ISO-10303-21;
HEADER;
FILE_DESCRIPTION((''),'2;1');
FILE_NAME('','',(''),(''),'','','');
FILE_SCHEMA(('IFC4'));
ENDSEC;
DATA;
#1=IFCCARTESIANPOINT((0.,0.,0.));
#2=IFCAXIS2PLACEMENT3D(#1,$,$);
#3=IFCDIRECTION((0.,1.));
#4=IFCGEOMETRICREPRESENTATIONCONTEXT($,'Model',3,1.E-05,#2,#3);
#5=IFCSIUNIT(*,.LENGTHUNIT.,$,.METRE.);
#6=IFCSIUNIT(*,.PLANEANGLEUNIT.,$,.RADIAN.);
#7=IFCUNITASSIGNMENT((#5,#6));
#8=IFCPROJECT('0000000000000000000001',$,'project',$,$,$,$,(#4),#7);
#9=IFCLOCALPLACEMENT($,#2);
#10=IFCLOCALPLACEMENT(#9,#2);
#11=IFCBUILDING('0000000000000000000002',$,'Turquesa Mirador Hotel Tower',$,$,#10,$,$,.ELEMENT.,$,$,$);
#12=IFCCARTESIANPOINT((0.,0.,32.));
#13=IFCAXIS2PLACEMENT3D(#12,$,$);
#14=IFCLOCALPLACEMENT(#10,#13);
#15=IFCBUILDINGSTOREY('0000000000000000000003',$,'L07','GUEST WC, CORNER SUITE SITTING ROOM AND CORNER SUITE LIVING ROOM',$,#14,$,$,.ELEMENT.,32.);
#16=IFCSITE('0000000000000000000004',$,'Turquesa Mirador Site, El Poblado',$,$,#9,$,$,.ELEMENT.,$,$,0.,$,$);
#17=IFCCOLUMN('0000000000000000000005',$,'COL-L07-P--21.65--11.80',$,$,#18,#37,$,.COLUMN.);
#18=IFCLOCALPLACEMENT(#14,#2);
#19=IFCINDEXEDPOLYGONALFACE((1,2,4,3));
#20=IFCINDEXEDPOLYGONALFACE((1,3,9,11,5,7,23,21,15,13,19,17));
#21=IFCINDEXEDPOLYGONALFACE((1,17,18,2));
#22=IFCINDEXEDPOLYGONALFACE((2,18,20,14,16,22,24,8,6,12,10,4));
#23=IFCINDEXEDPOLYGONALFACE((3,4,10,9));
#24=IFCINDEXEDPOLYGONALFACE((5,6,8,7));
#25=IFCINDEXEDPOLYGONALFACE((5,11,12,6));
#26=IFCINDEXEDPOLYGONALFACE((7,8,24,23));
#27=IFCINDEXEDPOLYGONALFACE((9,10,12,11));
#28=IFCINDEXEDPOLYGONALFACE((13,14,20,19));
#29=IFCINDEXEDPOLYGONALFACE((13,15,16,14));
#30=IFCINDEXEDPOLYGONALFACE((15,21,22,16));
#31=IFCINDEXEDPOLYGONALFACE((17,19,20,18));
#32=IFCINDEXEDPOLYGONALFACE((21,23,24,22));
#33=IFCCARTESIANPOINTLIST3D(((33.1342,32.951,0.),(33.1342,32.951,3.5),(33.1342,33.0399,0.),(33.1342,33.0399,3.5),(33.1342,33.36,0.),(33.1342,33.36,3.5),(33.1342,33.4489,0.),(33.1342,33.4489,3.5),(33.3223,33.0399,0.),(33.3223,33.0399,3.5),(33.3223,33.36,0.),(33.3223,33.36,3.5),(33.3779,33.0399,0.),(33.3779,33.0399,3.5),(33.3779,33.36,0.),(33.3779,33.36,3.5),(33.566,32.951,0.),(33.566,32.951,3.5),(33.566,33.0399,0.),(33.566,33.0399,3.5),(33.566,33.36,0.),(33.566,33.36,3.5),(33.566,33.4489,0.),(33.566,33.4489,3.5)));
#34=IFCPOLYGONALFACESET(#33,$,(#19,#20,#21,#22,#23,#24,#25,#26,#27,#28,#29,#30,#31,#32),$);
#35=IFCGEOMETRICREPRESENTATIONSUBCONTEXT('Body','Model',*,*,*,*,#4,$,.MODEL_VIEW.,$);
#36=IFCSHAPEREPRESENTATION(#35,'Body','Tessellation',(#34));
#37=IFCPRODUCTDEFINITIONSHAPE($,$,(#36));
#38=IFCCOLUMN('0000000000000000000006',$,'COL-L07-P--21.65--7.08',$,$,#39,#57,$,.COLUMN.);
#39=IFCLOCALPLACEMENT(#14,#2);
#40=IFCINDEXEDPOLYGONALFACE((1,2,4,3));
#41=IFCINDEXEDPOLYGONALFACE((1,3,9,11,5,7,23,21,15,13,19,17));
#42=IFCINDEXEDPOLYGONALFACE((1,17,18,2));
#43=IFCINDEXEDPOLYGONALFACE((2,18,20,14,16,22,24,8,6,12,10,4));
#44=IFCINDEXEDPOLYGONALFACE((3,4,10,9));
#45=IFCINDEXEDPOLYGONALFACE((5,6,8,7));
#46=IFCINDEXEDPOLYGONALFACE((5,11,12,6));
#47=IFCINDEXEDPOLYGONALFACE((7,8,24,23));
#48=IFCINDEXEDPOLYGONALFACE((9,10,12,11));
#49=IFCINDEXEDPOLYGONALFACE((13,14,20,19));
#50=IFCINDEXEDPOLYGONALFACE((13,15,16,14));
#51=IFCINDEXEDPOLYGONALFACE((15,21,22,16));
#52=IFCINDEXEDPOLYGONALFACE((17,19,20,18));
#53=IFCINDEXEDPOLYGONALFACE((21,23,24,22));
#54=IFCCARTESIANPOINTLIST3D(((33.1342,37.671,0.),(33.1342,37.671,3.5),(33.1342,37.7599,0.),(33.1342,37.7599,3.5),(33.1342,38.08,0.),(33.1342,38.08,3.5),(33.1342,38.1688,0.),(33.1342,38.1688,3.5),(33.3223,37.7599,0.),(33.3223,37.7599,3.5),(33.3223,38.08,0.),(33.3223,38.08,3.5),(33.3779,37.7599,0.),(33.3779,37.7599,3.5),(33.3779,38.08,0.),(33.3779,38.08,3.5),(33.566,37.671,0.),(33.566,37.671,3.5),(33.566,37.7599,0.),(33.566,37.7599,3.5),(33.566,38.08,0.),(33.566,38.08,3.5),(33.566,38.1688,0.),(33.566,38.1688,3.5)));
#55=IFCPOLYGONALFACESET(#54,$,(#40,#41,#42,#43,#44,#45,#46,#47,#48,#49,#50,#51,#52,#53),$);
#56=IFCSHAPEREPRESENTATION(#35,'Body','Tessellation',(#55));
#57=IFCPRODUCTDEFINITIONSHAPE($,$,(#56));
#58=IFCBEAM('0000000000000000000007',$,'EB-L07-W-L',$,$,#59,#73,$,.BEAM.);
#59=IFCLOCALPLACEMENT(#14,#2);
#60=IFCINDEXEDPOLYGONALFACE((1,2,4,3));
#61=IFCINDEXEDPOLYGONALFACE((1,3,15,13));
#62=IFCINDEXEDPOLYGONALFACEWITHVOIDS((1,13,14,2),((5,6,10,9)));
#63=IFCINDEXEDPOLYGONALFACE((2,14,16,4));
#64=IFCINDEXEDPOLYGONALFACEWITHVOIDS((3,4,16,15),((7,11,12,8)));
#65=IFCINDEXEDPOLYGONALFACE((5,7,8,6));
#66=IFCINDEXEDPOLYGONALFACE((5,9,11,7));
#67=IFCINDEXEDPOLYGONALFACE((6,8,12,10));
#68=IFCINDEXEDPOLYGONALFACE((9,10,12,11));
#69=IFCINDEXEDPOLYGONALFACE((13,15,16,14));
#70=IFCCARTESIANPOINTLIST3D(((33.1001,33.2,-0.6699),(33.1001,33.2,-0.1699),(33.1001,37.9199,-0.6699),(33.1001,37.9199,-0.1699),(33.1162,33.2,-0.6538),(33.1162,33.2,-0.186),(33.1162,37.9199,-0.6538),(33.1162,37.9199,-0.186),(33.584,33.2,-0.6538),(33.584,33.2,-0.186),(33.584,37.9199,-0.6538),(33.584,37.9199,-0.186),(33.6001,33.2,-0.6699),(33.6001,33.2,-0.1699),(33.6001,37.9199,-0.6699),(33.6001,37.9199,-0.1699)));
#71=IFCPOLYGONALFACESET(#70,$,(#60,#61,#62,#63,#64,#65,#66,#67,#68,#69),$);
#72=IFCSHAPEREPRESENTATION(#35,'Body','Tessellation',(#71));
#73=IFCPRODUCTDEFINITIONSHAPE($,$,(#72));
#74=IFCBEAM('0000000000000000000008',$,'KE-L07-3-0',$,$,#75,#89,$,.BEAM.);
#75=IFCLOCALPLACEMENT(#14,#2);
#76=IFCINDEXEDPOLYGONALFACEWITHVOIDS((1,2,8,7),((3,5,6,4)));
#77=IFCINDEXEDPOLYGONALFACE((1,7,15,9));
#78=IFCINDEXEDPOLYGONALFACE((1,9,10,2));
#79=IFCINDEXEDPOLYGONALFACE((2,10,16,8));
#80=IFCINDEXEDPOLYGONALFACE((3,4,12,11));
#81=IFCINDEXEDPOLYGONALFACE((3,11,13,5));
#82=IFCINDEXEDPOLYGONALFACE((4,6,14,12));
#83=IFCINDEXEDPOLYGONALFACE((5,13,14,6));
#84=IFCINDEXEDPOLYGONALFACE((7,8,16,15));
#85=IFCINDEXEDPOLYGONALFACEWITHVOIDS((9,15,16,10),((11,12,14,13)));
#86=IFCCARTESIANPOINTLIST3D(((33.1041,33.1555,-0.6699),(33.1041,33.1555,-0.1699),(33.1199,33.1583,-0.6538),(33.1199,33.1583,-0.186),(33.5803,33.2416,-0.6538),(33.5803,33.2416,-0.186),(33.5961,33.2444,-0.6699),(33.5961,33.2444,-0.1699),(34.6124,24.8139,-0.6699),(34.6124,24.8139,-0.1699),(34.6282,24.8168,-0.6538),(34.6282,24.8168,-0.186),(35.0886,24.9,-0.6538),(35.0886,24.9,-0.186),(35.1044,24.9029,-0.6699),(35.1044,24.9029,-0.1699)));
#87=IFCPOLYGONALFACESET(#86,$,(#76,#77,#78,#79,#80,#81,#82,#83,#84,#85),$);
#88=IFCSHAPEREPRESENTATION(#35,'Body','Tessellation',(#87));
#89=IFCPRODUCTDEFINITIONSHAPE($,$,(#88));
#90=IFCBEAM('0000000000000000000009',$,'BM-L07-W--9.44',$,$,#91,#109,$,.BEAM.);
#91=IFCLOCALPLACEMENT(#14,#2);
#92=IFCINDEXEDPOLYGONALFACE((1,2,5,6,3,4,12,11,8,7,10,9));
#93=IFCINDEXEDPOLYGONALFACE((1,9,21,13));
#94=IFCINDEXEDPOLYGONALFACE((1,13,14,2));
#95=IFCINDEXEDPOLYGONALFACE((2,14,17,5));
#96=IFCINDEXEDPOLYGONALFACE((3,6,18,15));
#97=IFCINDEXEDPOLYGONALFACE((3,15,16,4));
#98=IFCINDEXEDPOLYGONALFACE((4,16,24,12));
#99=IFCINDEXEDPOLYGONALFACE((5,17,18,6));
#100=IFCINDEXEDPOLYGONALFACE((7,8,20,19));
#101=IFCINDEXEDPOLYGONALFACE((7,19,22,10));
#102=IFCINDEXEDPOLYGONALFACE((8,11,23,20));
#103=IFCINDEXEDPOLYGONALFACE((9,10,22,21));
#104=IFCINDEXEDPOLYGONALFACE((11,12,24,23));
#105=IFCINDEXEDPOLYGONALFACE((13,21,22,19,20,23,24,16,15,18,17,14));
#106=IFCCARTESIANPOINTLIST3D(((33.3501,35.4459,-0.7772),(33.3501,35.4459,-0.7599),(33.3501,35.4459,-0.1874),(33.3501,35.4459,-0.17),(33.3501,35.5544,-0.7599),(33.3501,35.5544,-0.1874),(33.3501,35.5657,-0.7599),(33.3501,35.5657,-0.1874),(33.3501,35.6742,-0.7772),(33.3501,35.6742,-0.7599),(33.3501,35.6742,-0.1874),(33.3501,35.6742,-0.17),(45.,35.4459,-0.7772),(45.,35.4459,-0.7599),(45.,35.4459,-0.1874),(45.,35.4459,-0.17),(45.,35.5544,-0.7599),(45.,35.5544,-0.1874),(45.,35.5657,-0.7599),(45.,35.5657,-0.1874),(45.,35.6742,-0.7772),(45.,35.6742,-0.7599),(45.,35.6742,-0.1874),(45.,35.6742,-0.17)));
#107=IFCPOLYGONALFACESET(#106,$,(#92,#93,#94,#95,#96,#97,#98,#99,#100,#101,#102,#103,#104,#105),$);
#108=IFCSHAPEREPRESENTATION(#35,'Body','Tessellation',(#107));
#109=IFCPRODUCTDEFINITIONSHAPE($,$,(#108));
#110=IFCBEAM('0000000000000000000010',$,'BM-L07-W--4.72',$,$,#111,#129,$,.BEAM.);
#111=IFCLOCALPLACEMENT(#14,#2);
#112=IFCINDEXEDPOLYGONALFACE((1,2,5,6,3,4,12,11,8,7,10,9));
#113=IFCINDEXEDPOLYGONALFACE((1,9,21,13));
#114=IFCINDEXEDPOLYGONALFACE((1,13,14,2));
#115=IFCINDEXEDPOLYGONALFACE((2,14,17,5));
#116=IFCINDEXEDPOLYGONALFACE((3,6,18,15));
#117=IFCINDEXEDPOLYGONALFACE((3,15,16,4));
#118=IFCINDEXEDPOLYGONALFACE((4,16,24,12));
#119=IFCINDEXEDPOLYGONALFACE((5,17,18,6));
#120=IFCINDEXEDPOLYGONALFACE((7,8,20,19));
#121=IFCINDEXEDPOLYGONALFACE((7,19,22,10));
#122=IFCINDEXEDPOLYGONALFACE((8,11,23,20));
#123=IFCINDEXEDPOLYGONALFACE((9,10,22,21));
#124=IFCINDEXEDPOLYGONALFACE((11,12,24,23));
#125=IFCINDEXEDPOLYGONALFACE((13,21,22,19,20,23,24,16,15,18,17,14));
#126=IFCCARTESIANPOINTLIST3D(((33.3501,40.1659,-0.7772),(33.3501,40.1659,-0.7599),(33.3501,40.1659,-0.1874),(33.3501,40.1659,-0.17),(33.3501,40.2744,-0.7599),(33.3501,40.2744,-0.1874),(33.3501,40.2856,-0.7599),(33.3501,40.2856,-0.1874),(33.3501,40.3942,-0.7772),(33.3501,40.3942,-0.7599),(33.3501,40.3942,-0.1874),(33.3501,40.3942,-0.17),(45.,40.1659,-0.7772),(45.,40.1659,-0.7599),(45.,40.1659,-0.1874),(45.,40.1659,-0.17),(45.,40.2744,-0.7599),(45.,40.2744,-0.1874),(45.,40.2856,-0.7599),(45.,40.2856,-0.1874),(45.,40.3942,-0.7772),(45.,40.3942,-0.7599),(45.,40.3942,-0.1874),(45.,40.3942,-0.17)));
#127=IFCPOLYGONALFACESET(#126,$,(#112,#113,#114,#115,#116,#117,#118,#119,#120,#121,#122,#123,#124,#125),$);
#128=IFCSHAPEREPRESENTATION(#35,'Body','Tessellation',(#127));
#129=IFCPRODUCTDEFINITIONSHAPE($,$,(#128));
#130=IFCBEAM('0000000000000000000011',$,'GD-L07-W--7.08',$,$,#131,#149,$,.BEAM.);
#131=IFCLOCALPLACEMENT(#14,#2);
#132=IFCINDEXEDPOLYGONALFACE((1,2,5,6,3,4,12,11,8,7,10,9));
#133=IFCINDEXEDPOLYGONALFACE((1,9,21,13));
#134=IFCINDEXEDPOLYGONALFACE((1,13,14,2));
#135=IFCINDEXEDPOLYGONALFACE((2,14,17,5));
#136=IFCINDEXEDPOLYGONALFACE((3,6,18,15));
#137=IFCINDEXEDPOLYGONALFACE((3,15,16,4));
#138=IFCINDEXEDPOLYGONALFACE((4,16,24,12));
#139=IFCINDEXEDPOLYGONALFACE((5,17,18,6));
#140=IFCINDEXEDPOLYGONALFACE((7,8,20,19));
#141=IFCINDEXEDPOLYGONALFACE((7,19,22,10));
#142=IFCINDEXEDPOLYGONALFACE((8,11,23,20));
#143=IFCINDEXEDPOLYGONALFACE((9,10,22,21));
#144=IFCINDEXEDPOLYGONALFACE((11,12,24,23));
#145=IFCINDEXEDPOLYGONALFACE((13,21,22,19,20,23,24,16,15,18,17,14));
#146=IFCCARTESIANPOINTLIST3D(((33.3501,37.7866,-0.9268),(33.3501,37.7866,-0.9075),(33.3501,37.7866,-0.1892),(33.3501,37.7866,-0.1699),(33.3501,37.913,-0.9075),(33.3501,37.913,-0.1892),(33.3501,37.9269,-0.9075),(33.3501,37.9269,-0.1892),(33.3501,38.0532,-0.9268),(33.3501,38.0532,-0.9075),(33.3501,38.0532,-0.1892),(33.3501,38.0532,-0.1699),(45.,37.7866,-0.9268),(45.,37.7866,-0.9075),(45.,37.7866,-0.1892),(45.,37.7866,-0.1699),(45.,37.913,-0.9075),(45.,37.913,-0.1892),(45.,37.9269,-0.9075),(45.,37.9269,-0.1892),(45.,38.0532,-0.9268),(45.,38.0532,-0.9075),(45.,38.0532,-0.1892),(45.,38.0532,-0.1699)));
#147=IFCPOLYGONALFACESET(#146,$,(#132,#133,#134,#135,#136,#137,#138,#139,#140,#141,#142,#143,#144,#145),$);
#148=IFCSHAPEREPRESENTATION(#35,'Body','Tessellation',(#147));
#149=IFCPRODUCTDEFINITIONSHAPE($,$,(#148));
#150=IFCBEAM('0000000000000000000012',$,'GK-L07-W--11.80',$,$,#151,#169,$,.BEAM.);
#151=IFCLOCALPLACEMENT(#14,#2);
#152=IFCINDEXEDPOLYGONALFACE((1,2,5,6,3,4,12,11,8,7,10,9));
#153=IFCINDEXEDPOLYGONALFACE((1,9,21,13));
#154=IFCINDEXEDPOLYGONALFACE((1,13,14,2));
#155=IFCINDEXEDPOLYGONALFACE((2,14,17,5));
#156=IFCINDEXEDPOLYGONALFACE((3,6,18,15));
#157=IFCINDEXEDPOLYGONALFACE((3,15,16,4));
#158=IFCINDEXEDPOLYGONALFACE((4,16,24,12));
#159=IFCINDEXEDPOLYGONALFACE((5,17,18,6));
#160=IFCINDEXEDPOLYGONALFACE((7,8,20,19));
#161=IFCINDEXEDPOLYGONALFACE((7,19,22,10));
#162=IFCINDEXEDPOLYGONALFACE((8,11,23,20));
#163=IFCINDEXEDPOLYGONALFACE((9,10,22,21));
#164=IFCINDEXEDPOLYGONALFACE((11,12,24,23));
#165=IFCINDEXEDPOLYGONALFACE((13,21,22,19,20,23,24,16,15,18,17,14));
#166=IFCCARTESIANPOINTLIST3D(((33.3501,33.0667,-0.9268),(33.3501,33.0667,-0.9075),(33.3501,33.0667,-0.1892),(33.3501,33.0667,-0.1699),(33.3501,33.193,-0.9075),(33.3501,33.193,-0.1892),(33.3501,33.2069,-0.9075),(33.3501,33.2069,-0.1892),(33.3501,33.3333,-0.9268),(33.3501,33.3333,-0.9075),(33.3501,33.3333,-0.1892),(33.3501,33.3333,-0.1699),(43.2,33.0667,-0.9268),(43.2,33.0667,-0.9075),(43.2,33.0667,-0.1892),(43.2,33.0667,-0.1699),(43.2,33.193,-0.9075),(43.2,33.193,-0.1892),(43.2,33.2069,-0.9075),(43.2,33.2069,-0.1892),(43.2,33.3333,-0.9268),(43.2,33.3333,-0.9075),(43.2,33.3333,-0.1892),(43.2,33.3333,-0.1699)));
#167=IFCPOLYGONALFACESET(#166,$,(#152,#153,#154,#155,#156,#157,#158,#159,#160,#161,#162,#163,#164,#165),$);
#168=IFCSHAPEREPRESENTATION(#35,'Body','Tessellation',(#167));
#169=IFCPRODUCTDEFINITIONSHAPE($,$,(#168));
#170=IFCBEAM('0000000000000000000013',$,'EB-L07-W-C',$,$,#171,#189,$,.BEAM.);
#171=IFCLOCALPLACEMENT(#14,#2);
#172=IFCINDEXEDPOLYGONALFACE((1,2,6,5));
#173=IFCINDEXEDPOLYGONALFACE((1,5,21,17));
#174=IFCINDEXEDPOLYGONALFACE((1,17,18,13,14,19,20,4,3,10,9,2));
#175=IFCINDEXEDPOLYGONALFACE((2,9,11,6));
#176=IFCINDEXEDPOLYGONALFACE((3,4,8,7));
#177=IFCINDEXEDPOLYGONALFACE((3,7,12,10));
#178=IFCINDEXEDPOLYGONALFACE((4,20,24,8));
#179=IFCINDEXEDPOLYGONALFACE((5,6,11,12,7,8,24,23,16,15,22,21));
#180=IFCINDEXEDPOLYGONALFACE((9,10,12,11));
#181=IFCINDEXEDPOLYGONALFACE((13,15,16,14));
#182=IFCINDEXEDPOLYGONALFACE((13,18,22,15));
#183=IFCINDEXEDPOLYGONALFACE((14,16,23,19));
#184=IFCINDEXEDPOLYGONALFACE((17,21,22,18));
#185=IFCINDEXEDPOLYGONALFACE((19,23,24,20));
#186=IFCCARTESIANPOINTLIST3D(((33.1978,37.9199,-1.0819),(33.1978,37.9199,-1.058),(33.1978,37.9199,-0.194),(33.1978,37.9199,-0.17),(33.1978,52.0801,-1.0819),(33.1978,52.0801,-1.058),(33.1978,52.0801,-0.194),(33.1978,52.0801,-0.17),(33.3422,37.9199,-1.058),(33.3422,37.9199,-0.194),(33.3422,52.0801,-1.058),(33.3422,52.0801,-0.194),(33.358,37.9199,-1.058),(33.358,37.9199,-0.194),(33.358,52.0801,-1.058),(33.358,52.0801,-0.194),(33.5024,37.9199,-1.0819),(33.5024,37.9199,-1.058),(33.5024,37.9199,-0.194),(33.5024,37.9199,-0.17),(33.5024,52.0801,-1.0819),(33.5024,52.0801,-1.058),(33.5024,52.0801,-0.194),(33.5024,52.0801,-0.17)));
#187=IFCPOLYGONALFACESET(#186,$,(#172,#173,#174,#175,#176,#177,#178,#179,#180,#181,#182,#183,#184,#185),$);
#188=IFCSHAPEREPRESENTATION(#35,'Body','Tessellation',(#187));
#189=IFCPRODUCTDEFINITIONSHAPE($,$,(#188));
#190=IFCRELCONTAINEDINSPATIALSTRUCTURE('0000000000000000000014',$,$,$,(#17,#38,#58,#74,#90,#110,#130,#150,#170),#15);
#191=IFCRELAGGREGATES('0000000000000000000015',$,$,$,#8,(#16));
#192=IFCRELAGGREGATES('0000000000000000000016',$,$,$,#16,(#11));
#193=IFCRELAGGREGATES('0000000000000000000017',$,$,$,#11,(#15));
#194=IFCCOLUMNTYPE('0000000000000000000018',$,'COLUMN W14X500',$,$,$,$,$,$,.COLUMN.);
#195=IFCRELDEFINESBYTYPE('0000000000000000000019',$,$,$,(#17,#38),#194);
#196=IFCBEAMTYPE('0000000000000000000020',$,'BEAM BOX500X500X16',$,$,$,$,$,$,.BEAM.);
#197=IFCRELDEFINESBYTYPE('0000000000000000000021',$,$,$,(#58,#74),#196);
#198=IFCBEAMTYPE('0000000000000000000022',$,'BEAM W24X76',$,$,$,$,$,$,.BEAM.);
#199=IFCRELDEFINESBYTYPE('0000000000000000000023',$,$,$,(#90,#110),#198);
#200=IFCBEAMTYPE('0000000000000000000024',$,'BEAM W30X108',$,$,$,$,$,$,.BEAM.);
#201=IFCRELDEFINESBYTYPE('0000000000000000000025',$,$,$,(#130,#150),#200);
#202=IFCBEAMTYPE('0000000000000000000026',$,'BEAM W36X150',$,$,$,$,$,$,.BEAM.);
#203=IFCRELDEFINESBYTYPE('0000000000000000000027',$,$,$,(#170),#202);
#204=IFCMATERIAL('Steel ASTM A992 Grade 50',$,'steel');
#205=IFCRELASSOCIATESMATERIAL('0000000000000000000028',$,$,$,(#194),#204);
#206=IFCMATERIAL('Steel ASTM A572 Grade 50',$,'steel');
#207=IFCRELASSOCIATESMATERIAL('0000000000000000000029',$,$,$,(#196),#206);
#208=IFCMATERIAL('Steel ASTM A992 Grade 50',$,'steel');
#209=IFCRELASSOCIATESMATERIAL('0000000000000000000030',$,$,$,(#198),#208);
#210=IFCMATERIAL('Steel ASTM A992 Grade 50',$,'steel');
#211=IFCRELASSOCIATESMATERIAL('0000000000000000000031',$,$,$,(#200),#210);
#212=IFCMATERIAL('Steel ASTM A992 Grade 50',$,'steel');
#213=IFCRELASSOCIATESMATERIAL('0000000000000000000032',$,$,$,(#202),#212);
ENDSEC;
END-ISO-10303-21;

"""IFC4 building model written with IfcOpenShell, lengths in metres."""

from ifc_helpers import new_model, si_unit, direction, frame, origin, origin_2d, place, context, subcontext, project, spatial, hollow_rectangle, i_section, extrude, material, material_profile, profile_set, type_object, element, save


model = new_model("IFC4")

# Units and contexts
model_context = context("Model", 3, precision=1e-05, world=origin(), true_north=direction((0.0, 1.0)))
body_context = subcontext(model_context, "Body", "Model", "MODEL_VIEW")
ifc_project = project(units=[si_unit("LENGTHUNIT", "METRE"), si_unit("PLANEANGLEUNIT", "RADIAN")], contexts=[model_context])

# Site, building, storey
site_placement = place(None, origin())
site = spatial("IfcSite", under=ifc_project, at=site_placement, Name="Turquesa Mirador Site, El Poblado", CompositionType="ELEMENT", RefElevation=0.0)
building_placement = place(site_placement, origin())
building = spatial("IfcBuilding", under=site, at=building_placement, Name="Turquesa Mirador Hotel Tower", CompositionType="ELEMENT")
storey_placement = place(building_placement, frame((0.0, 0.0, 32.0)))
storey = spatial("IfcBuildingStorey", under=building, at=storey_placement, Name="L07", Description="GUEST WC, CORNER SUITE SITTING ROOM AND CORNER SUITE LIVING ROOM", CompositionType="ELEMENT", Elevation=32.0)

# Columns
ifc_material_1 = material(Name="Steel ASTM A992 Grade 50", Category="steel")
ifc_material_profile_1 = material_profile(ifc_material_1, i_section(OverallWidth=0.4319, OverallDepth=0.4978, WebThickness=0.0557, FlangeThickness=0.0889, at=origin_2d()), Name="W14X500")
ifc_profile_set_1 = profile_set([ifc_material_profile_1], Name="Steel ASTM A992 Grade 50")
column_type = type_object("IfcColumnType", Name="COLUMN W14X500", PredefinedType="COLUMN", material=ifc_profile_set_1)
for number, where, z_axis, x_axis, name in (
    (1, (33.3501, 33.2, 0.0), (0.0, 0.0, 1.0), (1.0, 0.0, 0.0), "COL-L07-P--21.65--11.80"),
    (2, (33.3501, 37.9199, 0.0), (0.0, 0.0, 1.0), (1.0, 0.0, 0.0), "COL-L07-P--21.65--7.08"),
):
    element("IfcColumn", number, at=place(storey_placement, frame(where, z_axis=z_axis, x_axis=x_axis)), inside=storey, type_object=column_type, Name=name, PredefinedType="COLUMN", context=body_context, shape_type="SweptSolid", body=[
        extrude(i_section(OverallWidth=0.4319, OverallDepth=0.4978, WebThickness=0.0557, FlangeThickness=0.0889, at=origin_2d()), origin(), (0.0, 0.0, 1.0), 3.5),
    ])

# Beams
ifc_material_2 = material(Name="Steel ASTM A572 Grade 50", Category="steel")
ifc_material_profile_2 = material_profile(ifc_material_2, hollow_rectangle(XDim=0.5, YDim=0.5, WallThickness=0.0161, at=origin_2d()), Name="BOX500X500X16")
ifc_profile_set_2 = profile_set([ifc_material_profile_2], Name="Steel ASTM A572 Grade 50")
beam_type_1 = type_object("IfcBeamType", Name="BEAM BOX500X500X16", PredefinedType="BEAM", material=ifc_profile_set_2)
beam_1_placement = place(storey_placement, frame((33.3501, 33.2, -0.4199), z_axis=(0.0, 1.0, 0.0), x_axis=(-1.0, 0.0, 0.0)))
element("IfcBeam", 3, at=beam_1_placement, inside=storey, type_object=beam_type_1, Name="EB-L07-W-L", PredefinedType="BEAM", context=body_context, shape_type="SweptSolid", body=[
    extrude(hollow_rectangle(XDim=0.5, YDim=0.5, WallThickness=0.0161, at=origin_2d()), origin(), (0.0, 0.0, 1.0), 4.72),
])
beam_2_placement = place(storey_placement, frame((33.3501, 33.2, -0.4199), z_axis=(0.177932, -0.984043, 0.0), x_axis=(0.984043, 0.177932, 0.0)))
element("IfcBeam", 4, at=beam_2_placement, inside=storey, type_object=beam_type_1, Name="KE-L07-3-0", PredefinedType="BEAM", context=body_context, shape_type="SweptSolid", body=[
    extrude(hollow_rectangle(XDim=0.5, YDim=0.5, WallThickness=0.0161, at=origin_2d()), origin(), (0.0, 0.0, 1.0), 8.4768),
])
ifc_material_3 = material(Name="Steel ASTM A992 Grade 50", Category="steel")
ifc_material_profile_3 = material_profile(ifc_material_3, i_section(OverallWidth=0.2283, OverallDepth=0.6072, WebThickness=0.0112, FlangeThickness=0.0173, at=origin_2d()), Name="W24X76")
ifc_profile_set_3 = profile_set([ifc_material_profile_3], Name="Steel ASTM A992 Grade 50")
beam_type_2 = type_object("IfcBeamType", Name="BEAM W24X76", PredefinedType="BEAM", material=ifc_profile_set_3)
for number, where, z_axis, x_axis, name in (
    (5, (33.3501, 35.5601, -0.4736), (1.0, 0.0, 0.0), (0.0, 1.0, 0.0), "BM-L07-W--9.44"),
    (6, (33.3501, 40.28, -0.4736), (1.0, 0.0, 0.0), (0.0, 1.0, 0.0), "BM-L07-W--4.72"),
):
    element("IfcBeam", number, at=place(storey_placement, frame(where, z_axis=z_axis, x_axis=x_axis)), inside=storey, type_object=beam_type_2, Name=name, PredefinedType="BEAM", context=body_context, shape_type="SweptSolid", body=[
        extrude(i_section(OverallWidth=0.2283, OverallDepth=0.6072, WebThickness=0.0112, FlangeThickness=0.0173, at=origin_2d()), origin(), (0.0, 0.0, 1.0), 11.6499),
    ])
ifc_material_4 = material(Name="Steel ASTM A992 Grade 50", Category="steel")
ifc_material_profile_4 = material_profile(ifc_material_4, i_section(OverallWidth=0.2666, OverallDepth=0.7568, WebThickness=0.0139, FlangeThickness=0.0193, at=origin_2d()), Name="W30X108")
ifc_profile_set_4 = profile_set([ifc_material_profile_4], Name="Steel ASTM A992 Grade 50")
beam_type_3 = type_object("IfcBeamType", Name="BEAM W30X108", PredefinedType="BEAM", material=ifc_profile_set_4)
beam_3_placement = place(storey_placement, frame((33.3501, 37.9199, -0.5483), z_axis=(1.0, 0.0, 0.0), x_axis=(0.0, 1.0, 0.0)))
element("IfcBeam", 7, at=beam_3_placement, inside=storey, type_object=beam_type_3, Name="GD-L07-W--7.08", PredefinedType="BEAM", context=body_context, shape_type="SweptSolid", body=[
    extrude(i_section(OverallWidth=0.2666, OverallDepth=0.7568, WebThickness=0.0139, FlangeThickness=0.0193, at=origin_2d()), origin(), (0.0, 0.0, 1.0), 11.6499),
])
beam_4_placement = place(storey_placement, frame((33.3501, 33.2, -0.5483), z_axis=(1.0, 0.0, 0.0), x_axis=(0.0, 1.0, 0.0)))
element("IfcBeam", 8, at=beam_4_placement, inside=storey, type_object=beam_type_3, Name="GK-L07-W--11.80", PredefinedType="BEAM", context=body_context, shape_type="SweptSolid", body=[
    extrude(i_section(OverallWidth=0.2666, OverallDepth=0.7568, WebThickness=0.0139, FlangeThickness=0.0193, at=origin_2d()), origin(), (0.0, 0.0, 1.0), 9.8499),
])
ifc_material_5 = material(Name="Steel ASTM A992 Grade 50", Category="steel")
ifc_material_profile_5 = material_profile(ifc_material_5, i_section(OverallWidth=0.3047, OverallDepth=0.9119, WebThickness=0.0159, FlangeThickness=0.0239, at=origin_2d()), Name="W36X150")
ifc_profile_set_5 = profile_set([ifc_material_profile_5], Name="Steel ASTM A992 Grade 50")
beam_type_4 = type_object("IfcBeamType", Name="BEAM W36X150", PredefinedType="BEAM", material=ifc_profile_set_5)
beam_5_placement = place(storey_placement, frame((33.3501, 37.9199, -0.626), z_axis=(0.0, 1.0, 0.0), x_axis=(-1.0, 0.0, 0.0)))
element("IfcBeam", 9, at=beam_5_placement, inside=storey, type_object=beam_type_4, Name="EB-L07-W-C", PredefinedType="BEAM", context=body_context, shape_type="SweptSolid", body=[
    extrude(i_section(OverallWidth=0.3047, OverallDepth=0.9119, WebThickness=0.0159, FlangeThickness=0.0239, at=origin_2d()), origin(), (0.0, 0.0, 1.0), 14.1602),
])

save(model, "model.ifc")
